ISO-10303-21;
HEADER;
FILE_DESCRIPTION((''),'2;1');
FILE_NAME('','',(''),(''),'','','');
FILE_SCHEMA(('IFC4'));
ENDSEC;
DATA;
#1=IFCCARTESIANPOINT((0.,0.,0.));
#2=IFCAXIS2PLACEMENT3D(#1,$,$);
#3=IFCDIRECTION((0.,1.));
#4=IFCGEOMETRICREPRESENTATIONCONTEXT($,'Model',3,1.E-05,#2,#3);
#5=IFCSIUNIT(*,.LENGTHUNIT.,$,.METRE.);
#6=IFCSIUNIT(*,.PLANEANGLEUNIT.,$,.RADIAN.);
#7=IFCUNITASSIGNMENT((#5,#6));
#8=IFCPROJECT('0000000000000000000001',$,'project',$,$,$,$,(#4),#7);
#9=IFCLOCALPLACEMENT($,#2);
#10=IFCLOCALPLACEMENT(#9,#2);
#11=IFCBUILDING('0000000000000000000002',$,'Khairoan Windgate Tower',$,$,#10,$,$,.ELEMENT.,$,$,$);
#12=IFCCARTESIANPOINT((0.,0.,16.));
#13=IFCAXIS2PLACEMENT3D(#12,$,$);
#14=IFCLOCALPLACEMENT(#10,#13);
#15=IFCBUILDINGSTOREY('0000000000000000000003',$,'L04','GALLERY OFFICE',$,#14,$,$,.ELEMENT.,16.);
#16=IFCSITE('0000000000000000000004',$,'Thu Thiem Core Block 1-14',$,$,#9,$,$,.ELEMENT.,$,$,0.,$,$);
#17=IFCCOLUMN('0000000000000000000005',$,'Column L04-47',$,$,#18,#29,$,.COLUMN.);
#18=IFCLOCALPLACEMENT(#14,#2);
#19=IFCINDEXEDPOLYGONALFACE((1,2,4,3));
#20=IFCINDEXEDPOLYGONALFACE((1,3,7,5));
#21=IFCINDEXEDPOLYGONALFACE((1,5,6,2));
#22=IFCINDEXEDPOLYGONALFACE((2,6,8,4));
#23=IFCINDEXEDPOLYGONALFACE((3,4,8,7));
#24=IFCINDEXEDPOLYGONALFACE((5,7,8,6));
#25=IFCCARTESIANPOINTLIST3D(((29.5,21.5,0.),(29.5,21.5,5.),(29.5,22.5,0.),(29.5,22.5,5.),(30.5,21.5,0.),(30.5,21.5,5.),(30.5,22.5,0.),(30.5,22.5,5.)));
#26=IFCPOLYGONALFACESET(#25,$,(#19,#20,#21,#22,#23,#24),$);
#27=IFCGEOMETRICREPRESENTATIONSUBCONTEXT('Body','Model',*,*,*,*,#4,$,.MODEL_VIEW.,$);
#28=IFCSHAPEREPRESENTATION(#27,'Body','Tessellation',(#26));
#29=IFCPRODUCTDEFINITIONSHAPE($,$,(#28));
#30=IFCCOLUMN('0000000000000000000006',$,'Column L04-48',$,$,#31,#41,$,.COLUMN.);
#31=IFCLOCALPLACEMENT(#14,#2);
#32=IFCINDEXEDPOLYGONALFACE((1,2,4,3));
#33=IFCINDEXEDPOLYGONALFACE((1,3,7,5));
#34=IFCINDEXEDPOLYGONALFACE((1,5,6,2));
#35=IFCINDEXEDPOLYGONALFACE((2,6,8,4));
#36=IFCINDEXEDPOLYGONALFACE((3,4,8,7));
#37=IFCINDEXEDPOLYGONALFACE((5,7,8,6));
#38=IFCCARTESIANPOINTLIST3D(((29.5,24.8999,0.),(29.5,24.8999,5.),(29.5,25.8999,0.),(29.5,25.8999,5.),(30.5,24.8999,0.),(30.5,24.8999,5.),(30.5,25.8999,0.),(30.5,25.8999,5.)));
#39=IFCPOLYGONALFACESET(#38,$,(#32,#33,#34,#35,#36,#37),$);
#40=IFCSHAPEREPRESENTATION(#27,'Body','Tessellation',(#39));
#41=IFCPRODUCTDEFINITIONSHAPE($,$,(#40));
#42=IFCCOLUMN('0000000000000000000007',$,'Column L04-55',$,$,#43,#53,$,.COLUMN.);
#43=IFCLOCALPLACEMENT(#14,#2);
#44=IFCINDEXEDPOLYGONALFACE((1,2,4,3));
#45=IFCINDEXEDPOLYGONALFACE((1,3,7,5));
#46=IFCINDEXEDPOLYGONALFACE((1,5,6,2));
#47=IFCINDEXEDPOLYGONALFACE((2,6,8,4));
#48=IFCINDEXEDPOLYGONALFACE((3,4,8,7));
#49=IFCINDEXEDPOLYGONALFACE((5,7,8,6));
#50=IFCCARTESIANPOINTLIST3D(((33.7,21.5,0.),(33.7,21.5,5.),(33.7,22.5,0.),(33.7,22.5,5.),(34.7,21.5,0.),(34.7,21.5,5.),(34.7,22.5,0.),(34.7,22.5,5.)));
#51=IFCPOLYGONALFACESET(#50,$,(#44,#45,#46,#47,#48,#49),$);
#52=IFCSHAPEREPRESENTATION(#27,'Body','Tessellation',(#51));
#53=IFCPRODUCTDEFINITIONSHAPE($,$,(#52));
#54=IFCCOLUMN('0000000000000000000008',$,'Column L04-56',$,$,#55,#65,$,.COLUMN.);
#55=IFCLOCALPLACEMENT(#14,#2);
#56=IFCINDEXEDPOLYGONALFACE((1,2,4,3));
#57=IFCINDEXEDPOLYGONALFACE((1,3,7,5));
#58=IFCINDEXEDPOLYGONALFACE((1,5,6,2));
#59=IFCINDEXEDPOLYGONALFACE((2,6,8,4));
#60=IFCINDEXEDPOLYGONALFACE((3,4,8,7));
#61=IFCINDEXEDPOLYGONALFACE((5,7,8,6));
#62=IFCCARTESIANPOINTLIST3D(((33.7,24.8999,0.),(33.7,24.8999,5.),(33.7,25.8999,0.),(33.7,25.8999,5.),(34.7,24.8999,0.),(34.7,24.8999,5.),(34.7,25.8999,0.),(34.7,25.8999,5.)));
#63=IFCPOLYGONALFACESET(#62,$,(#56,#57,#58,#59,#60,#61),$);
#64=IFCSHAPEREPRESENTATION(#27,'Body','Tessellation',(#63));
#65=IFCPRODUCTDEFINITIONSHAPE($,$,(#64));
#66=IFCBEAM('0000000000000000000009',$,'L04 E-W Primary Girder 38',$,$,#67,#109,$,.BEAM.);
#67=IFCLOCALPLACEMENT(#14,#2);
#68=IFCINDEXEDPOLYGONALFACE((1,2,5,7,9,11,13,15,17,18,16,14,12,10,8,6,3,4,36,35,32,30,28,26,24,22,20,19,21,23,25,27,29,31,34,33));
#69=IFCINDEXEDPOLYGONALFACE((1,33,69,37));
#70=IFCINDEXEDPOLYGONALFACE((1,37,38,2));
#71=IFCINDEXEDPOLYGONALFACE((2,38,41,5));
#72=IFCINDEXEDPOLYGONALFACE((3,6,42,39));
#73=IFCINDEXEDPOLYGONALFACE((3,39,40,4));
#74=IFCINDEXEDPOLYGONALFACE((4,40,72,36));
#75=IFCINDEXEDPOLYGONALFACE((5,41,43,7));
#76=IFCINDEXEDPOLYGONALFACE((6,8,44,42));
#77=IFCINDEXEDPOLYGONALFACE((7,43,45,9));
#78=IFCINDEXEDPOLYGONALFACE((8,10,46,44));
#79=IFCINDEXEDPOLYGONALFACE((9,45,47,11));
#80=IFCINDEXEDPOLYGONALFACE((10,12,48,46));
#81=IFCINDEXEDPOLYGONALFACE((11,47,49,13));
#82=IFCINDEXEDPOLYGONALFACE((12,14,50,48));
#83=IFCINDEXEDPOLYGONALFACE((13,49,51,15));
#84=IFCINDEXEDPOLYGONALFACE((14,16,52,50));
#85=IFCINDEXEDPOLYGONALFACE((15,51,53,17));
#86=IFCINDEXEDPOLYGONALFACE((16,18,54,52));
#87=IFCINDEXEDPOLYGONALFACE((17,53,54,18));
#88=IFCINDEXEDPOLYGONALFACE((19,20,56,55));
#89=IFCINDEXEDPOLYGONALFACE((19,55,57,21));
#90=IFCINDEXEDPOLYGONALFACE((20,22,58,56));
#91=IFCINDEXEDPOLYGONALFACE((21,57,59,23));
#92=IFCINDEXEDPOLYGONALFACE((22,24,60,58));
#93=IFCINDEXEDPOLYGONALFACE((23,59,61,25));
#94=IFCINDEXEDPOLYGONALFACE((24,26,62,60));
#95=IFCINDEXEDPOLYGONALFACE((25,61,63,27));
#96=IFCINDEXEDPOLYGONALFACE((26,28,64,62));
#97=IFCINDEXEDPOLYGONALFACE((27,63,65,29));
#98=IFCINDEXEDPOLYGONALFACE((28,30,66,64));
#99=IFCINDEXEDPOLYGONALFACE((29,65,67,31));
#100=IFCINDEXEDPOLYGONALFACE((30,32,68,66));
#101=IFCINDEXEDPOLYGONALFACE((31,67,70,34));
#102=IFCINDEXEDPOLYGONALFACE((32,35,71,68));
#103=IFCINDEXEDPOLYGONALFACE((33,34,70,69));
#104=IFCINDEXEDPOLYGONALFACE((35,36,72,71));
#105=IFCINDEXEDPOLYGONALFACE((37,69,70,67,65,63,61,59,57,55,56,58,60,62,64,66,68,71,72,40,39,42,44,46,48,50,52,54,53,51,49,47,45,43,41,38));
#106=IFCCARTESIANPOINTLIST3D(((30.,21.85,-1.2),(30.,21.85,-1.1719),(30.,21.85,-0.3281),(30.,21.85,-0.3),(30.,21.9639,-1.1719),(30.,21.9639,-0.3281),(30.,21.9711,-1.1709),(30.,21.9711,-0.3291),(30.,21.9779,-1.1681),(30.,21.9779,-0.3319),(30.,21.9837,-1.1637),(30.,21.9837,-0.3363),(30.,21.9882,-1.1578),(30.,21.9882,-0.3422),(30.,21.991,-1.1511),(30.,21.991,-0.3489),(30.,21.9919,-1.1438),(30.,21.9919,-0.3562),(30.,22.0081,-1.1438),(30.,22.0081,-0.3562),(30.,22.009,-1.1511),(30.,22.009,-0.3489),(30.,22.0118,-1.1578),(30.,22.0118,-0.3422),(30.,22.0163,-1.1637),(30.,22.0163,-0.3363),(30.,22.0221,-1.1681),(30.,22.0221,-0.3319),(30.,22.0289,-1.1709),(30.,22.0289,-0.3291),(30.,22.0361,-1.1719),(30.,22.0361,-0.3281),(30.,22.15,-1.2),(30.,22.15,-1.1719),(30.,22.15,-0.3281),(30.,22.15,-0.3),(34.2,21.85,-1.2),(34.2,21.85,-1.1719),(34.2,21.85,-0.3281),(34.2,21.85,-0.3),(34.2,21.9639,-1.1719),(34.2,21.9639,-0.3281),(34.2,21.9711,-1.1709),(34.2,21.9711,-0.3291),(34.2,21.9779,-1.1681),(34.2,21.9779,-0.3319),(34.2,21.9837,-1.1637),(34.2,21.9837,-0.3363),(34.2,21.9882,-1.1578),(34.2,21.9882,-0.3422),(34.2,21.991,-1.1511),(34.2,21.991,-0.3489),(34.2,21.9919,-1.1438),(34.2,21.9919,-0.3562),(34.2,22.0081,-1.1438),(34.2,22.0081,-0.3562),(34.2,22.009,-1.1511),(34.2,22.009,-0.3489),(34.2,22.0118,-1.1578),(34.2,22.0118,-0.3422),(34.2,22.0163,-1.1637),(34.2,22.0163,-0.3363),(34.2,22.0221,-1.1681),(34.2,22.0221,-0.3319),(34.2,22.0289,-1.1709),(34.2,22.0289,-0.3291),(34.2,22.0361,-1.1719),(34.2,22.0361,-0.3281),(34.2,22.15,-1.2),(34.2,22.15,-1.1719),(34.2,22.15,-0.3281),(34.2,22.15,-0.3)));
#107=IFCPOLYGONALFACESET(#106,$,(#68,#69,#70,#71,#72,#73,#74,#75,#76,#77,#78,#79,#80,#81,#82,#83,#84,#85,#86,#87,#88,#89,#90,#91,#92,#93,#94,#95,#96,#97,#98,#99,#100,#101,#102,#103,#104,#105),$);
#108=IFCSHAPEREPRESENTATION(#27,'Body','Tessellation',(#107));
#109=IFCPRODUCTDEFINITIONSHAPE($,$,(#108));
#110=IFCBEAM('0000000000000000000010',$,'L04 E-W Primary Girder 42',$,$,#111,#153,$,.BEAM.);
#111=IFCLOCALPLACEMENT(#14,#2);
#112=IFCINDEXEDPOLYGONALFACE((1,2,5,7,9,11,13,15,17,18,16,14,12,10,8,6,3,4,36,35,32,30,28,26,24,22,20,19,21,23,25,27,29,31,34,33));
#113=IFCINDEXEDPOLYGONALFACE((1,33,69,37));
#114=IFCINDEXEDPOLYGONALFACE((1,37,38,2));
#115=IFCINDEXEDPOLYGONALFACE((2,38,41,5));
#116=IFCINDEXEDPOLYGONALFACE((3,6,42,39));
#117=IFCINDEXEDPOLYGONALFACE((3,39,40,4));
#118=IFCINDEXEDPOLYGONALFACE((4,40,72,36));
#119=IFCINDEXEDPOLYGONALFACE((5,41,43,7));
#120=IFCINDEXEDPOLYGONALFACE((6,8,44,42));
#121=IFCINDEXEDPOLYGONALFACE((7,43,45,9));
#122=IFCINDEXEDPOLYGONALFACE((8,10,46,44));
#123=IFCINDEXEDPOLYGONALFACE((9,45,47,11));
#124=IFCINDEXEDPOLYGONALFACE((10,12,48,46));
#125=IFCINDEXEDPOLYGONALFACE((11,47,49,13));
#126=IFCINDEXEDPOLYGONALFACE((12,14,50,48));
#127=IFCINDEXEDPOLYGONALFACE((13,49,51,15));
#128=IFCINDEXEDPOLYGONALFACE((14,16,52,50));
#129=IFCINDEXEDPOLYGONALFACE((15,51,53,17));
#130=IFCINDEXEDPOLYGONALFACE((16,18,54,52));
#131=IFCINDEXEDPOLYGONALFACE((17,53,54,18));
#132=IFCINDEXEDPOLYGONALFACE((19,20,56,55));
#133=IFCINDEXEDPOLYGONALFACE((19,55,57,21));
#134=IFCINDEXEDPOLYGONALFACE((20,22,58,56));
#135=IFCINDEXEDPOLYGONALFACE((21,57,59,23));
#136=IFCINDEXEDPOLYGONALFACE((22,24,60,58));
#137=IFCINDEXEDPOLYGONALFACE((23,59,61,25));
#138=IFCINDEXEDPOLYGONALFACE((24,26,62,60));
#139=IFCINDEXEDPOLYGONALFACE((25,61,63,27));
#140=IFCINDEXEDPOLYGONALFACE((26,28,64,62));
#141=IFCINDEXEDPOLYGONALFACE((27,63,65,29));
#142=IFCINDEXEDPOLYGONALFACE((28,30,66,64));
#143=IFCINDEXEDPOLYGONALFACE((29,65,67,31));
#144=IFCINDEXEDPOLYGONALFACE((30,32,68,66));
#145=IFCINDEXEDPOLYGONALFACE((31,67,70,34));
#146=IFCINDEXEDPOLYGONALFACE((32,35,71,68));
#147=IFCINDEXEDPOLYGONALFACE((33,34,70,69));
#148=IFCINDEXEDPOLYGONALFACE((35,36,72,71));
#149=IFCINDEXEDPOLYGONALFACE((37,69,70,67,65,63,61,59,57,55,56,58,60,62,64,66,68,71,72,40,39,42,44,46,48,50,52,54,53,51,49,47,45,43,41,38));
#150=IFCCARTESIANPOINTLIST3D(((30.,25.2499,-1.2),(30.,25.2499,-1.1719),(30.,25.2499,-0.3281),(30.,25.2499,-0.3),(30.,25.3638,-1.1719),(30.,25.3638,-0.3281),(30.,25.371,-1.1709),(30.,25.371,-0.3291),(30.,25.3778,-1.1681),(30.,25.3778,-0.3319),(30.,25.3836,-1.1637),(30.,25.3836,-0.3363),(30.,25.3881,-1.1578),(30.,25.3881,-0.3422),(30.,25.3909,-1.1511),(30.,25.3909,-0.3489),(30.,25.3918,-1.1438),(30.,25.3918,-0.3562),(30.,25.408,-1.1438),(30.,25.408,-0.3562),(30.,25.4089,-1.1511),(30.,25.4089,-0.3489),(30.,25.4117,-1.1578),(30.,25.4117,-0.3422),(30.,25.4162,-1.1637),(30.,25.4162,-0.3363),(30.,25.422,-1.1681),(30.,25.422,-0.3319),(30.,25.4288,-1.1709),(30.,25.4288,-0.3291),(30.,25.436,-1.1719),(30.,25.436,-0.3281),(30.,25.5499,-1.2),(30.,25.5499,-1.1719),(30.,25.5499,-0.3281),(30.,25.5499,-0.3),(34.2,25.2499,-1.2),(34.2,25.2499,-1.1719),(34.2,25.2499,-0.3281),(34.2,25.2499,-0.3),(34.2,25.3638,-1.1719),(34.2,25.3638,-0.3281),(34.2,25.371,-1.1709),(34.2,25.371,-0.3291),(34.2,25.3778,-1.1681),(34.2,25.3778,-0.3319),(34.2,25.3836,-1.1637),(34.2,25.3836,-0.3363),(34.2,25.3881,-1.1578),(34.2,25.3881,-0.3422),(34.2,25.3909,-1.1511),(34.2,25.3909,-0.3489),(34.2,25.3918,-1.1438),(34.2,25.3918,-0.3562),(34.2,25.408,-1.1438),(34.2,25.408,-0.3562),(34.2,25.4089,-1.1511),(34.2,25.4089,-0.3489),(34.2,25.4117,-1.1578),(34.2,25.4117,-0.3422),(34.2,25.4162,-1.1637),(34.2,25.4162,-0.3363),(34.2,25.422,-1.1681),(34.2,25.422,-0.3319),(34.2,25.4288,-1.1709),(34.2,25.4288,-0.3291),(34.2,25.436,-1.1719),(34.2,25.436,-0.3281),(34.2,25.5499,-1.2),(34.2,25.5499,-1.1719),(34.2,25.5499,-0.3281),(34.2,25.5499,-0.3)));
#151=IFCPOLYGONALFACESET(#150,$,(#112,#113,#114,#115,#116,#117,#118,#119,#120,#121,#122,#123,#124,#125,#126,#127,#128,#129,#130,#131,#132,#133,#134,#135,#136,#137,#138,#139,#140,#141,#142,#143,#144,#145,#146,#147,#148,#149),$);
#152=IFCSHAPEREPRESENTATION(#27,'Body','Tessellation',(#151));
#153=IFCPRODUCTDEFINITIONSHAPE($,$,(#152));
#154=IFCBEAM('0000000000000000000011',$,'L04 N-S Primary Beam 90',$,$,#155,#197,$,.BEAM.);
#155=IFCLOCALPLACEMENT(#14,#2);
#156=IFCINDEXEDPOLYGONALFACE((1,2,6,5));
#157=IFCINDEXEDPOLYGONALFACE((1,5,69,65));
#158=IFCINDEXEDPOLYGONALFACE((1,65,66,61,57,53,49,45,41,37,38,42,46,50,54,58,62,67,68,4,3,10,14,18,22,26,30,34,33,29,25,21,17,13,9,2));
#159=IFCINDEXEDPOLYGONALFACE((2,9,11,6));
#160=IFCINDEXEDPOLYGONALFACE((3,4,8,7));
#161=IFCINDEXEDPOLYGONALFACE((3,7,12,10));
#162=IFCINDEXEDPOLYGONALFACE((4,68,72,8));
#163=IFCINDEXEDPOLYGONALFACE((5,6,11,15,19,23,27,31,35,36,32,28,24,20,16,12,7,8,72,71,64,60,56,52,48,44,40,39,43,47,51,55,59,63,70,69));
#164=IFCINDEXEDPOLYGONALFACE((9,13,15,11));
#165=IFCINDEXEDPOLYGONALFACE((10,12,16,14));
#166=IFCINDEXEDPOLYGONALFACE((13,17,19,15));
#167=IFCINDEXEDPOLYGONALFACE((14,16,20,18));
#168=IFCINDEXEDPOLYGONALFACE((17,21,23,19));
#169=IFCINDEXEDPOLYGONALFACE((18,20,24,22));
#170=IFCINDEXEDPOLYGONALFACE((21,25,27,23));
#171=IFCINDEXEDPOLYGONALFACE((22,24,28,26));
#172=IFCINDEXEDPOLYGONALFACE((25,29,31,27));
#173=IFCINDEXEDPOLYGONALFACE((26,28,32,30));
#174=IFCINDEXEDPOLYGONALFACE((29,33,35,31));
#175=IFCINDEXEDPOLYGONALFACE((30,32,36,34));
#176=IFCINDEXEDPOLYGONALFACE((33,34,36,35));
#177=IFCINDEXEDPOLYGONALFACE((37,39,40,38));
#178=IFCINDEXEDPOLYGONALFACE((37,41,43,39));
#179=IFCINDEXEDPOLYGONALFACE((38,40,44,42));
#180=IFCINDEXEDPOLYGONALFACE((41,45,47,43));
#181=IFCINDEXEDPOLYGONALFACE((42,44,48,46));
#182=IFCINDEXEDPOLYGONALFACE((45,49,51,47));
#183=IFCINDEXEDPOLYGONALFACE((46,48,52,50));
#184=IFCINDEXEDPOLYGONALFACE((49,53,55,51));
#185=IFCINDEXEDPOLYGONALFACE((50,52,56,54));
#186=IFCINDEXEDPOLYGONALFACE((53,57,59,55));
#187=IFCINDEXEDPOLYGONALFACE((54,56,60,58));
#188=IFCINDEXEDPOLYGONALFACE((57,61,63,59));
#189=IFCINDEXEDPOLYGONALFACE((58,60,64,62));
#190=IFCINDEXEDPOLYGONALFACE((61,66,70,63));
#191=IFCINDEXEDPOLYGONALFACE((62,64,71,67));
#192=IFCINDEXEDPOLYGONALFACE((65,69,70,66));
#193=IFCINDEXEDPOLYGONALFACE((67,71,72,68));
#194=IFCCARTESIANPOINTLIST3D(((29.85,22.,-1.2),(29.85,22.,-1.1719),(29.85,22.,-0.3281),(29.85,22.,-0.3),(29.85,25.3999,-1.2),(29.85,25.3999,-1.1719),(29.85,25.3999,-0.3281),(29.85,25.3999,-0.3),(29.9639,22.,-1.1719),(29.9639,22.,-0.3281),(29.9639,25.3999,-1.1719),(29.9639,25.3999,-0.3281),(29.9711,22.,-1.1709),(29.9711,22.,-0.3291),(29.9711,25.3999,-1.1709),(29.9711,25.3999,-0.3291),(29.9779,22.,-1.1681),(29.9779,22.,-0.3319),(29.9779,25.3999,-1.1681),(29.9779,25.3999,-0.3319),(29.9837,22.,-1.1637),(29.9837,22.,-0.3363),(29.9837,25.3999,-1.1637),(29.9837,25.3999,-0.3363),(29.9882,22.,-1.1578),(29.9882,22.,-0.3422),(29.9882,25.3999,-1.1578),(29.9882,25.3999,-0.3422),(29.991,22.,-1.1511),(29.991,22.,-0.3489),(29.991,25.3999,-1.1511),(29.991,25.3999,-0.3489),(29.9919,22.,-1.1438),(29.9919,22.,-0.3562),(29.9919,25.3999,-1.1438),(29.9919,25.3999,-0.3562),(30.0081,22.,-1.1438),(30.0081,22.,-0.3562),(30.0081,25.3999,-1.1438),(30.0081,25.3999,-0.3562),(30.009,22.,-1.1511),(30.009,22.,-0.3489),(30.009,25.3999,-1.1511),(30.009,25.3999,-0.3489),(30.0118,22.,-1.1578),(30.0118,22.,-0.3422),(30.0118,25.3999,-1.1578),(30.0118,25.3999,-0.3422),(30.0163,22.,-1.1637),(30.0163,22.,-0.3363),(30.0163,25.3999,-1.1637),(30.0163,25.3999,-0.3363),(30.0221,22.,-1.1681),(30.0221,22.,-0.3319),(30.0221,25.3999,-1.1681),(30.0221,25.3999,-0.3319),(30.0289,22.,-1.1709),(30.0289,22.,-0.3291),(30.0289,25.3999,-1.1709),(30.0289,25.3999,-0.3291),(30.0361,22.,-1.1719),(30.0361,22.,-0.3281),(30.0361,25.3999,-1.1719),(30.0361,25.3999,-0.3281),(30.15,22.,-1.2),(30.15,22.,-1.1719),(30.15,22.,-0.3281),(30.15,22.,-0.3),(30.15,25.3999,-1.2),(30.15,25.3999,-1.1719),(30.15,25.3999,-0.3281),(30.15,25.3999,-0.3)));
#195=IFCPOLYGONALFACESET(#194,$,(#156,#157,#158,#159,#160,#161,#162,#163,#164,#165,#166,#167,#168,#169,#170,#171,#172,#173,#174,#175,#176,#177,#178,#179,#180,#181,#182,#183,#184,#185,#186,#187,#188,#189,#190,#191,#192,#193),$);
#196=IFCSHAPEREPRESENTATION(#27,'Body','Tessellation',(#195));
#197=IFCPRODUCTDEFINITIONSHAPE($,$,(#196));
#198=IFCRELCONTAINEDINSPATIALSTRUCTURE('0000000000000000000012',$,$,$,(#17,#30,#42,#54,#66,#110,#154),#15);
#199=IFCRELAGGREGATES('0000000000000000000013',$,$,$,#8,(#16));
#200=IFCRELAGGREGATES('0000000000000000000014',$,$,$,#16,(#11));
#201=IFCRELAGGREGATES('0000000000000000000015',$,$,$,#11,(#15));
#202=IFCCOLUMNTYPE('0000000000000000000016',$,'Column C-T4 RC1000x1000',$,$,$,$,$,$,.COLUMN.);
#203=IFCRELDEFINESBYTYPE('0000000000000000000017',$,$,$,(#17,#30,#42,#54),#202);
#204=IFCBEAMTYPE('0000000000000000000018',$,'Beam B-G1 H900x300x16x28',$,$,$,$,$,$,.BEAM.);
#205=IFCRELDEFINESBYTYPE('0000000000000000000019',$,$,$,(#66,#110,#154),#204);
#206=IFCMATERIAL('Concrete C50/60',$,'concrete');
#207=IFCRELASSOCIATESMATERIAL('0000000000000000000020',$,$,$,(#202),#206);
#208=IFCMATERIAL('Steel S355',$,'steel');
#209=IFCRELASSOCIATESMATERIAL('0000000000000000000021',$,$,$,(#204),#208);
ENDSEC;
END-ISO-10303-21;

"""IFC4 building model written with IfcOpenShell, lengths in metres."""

from ifc_helpers import new_model, si_unit, direction, frame, origin, origin_2d, place, context, subcontext, project, spatial, rectangle, i_section, extrude, material, material_profile, profile_set, type_object, element, save


model = new_model("IFC4")

# Units and contexts
model_context = context("Model", 3, precision=1e-05, world=origin(), true_north=direction((0.0, 1.0)))
body_context = subcontext(model_context, "Body", "Model", "MODEL_VIEW")
ifc_project = project(units=[si_unit("LENGTHUNIT", "METRE"), si_unit("PLANEANGLEUNIT", "RADIAN")], contexts=[model_context])

# Site, building, storey
site_placement = place(None, origin())
site = spatial("IfcSite", under=ifc_project, at=site_placement, Name="Thu Thiem Core Block 1-14", CompositionType="ELEMENT", RefElevation=0.0)
building_placement = place(site_placement, origin())
building = spatial("IfcBuilding", under=site, at=building_placement, Name="Khairoan Windgate Tower", CompositionType="ELEMENT")
storey_placement = place(building_placement, frame((0.0, 0.0, 16.0)))
storey = spatial("IfcBuildingStorey", under=building, at=storey_placement, Name="L04", Description="GALLERY OFFICE", CompositionType="ELEMENT", Elevation=16.0)

# Columns
ifc_material_1 = material(Name="Concrete C50/60", Category="concrete")
ifc_material_profile_1 = material_profile(ifc_material_1, rectangle(XDim=1.0, YDim=1.0, at=origin_2d()))
ifc_profile_set_1 = profile_set([ifc_material_profile_1], Name="Concrete C50/60")
column_type = type_object("IfcColumnType", Name="Column C-T4 RC1000x1000", PredefinedType="COLUMN", material=ifc_profile_set_1)
for number, where, z_axis, x_axis, name in (
    (1, (30.0, 22.0, 0.0), (0.0, 0.0, 1.0), (1.0, 0.0, 0.0), "Column L04-47"),
    (2, (30.0, 25.3999, 0.0), (0.0, 0.0, 1.0), (1.0, 0.0, 0.0), "Column L04-48"),
    (3, (34.2, 22.0, 0.0), (0.0, 0.0, 1.0), (1.0, 0.0, 0.0), "Column L04-55"),
    (4, (34.2, 25.3999, 0.0), (0.0, 0.0, 1.0), (1.0, 0.0, 0.0), "Column L04-56"),
):
    element("IfcColumn", number, at=place(storey_placement, frame(where, z_axis=z_axis, x_axis=x_axis)), inside=storey, type_object=column_type, Name=name, PredefinedType="COLUMN", context=body_context, shape_type="SweptSolid", body=[
        extrude(rectangle(XDim=1.0, YDim=1.0, at=origin_2d()), origin(), (0.0, 0.0, 1.0), 5.0),
    ])

# Beams
ifc_material_2 = material(Name="Steel S355", Category="steel")
ifc_material_profile_2 = material_profile(ifc_material_2, i_section(OverallWidth=0.3, OverallDepth=0.8999, WebThickness=0.0161, FlangeThickness=0.0281, FilletRadius=0.0281, at=origin_2d()))
ifc_profile_set_2 = profile_set([ifc_material_profile_2], Name="Steel S355")
beam_type_1 = type_object("IfcBeamType", Name="Beam B-G1 H900x300x16x28", PredefinedType="BEAM", material=ifc_profile_set_2)
for number, where, z_axis, x_axis, name in (
    (5, (30.0, 22.0, -0.75), (1.0, 0.0, 0.0), (0.0, 1.0, 0.0), "L04 E-W Primary Girder 38"),
    (6, (30.0, 25.3999, -0.75), (1.0, 0.0, 0.0), (0.0, 1.0, 0.0), "L04 E-W Primary Girder 42"),
):
    element("IfcBeam", number, at=place(storey_placement, frame(where, z_axis=z_axis, x_axis=x_axis)), inside=storey, type_object=beam_type_1, Name=name, PredefinedType="BEAM", context=body_context, shape_type="SweptSolid", body=[
        extrude(i_section(OverallWidth=0.3, OverallDepth=0.8999, WebThickness=0.0161, FlangeThickness=0.0281, FilletRadius=0.0281, at=origin_2d()), origin(), (0.0, 0.0, 1.0), 4.2),
    ])
beam_1_placement = place(storey_placement, frame((30.0, 22.0, -0.75), z_axis=(0.0, 1.0, 0.0), x_axis=(-1.0, 0.0, 0.0)))
element("IfcBeam", 7, at=beam_1_placement, inside=storey, type_object=beam_type_1, Name="L04 N-S Primary Beam 90", PredefinedType="BEAM", context=body_context, shape_type="SweptSolid", body=[
    extrude(i_section(OverallWidth=0.3, OverallDepth=0.8999, WebThickness=0.0161, FlangeThickness=0.0281, FilletRadius=0.0281, at=origin_2d()), origin(), (0.0, 0.0, 1.0), 3.3999),
])

save(model, "model.ifc")
